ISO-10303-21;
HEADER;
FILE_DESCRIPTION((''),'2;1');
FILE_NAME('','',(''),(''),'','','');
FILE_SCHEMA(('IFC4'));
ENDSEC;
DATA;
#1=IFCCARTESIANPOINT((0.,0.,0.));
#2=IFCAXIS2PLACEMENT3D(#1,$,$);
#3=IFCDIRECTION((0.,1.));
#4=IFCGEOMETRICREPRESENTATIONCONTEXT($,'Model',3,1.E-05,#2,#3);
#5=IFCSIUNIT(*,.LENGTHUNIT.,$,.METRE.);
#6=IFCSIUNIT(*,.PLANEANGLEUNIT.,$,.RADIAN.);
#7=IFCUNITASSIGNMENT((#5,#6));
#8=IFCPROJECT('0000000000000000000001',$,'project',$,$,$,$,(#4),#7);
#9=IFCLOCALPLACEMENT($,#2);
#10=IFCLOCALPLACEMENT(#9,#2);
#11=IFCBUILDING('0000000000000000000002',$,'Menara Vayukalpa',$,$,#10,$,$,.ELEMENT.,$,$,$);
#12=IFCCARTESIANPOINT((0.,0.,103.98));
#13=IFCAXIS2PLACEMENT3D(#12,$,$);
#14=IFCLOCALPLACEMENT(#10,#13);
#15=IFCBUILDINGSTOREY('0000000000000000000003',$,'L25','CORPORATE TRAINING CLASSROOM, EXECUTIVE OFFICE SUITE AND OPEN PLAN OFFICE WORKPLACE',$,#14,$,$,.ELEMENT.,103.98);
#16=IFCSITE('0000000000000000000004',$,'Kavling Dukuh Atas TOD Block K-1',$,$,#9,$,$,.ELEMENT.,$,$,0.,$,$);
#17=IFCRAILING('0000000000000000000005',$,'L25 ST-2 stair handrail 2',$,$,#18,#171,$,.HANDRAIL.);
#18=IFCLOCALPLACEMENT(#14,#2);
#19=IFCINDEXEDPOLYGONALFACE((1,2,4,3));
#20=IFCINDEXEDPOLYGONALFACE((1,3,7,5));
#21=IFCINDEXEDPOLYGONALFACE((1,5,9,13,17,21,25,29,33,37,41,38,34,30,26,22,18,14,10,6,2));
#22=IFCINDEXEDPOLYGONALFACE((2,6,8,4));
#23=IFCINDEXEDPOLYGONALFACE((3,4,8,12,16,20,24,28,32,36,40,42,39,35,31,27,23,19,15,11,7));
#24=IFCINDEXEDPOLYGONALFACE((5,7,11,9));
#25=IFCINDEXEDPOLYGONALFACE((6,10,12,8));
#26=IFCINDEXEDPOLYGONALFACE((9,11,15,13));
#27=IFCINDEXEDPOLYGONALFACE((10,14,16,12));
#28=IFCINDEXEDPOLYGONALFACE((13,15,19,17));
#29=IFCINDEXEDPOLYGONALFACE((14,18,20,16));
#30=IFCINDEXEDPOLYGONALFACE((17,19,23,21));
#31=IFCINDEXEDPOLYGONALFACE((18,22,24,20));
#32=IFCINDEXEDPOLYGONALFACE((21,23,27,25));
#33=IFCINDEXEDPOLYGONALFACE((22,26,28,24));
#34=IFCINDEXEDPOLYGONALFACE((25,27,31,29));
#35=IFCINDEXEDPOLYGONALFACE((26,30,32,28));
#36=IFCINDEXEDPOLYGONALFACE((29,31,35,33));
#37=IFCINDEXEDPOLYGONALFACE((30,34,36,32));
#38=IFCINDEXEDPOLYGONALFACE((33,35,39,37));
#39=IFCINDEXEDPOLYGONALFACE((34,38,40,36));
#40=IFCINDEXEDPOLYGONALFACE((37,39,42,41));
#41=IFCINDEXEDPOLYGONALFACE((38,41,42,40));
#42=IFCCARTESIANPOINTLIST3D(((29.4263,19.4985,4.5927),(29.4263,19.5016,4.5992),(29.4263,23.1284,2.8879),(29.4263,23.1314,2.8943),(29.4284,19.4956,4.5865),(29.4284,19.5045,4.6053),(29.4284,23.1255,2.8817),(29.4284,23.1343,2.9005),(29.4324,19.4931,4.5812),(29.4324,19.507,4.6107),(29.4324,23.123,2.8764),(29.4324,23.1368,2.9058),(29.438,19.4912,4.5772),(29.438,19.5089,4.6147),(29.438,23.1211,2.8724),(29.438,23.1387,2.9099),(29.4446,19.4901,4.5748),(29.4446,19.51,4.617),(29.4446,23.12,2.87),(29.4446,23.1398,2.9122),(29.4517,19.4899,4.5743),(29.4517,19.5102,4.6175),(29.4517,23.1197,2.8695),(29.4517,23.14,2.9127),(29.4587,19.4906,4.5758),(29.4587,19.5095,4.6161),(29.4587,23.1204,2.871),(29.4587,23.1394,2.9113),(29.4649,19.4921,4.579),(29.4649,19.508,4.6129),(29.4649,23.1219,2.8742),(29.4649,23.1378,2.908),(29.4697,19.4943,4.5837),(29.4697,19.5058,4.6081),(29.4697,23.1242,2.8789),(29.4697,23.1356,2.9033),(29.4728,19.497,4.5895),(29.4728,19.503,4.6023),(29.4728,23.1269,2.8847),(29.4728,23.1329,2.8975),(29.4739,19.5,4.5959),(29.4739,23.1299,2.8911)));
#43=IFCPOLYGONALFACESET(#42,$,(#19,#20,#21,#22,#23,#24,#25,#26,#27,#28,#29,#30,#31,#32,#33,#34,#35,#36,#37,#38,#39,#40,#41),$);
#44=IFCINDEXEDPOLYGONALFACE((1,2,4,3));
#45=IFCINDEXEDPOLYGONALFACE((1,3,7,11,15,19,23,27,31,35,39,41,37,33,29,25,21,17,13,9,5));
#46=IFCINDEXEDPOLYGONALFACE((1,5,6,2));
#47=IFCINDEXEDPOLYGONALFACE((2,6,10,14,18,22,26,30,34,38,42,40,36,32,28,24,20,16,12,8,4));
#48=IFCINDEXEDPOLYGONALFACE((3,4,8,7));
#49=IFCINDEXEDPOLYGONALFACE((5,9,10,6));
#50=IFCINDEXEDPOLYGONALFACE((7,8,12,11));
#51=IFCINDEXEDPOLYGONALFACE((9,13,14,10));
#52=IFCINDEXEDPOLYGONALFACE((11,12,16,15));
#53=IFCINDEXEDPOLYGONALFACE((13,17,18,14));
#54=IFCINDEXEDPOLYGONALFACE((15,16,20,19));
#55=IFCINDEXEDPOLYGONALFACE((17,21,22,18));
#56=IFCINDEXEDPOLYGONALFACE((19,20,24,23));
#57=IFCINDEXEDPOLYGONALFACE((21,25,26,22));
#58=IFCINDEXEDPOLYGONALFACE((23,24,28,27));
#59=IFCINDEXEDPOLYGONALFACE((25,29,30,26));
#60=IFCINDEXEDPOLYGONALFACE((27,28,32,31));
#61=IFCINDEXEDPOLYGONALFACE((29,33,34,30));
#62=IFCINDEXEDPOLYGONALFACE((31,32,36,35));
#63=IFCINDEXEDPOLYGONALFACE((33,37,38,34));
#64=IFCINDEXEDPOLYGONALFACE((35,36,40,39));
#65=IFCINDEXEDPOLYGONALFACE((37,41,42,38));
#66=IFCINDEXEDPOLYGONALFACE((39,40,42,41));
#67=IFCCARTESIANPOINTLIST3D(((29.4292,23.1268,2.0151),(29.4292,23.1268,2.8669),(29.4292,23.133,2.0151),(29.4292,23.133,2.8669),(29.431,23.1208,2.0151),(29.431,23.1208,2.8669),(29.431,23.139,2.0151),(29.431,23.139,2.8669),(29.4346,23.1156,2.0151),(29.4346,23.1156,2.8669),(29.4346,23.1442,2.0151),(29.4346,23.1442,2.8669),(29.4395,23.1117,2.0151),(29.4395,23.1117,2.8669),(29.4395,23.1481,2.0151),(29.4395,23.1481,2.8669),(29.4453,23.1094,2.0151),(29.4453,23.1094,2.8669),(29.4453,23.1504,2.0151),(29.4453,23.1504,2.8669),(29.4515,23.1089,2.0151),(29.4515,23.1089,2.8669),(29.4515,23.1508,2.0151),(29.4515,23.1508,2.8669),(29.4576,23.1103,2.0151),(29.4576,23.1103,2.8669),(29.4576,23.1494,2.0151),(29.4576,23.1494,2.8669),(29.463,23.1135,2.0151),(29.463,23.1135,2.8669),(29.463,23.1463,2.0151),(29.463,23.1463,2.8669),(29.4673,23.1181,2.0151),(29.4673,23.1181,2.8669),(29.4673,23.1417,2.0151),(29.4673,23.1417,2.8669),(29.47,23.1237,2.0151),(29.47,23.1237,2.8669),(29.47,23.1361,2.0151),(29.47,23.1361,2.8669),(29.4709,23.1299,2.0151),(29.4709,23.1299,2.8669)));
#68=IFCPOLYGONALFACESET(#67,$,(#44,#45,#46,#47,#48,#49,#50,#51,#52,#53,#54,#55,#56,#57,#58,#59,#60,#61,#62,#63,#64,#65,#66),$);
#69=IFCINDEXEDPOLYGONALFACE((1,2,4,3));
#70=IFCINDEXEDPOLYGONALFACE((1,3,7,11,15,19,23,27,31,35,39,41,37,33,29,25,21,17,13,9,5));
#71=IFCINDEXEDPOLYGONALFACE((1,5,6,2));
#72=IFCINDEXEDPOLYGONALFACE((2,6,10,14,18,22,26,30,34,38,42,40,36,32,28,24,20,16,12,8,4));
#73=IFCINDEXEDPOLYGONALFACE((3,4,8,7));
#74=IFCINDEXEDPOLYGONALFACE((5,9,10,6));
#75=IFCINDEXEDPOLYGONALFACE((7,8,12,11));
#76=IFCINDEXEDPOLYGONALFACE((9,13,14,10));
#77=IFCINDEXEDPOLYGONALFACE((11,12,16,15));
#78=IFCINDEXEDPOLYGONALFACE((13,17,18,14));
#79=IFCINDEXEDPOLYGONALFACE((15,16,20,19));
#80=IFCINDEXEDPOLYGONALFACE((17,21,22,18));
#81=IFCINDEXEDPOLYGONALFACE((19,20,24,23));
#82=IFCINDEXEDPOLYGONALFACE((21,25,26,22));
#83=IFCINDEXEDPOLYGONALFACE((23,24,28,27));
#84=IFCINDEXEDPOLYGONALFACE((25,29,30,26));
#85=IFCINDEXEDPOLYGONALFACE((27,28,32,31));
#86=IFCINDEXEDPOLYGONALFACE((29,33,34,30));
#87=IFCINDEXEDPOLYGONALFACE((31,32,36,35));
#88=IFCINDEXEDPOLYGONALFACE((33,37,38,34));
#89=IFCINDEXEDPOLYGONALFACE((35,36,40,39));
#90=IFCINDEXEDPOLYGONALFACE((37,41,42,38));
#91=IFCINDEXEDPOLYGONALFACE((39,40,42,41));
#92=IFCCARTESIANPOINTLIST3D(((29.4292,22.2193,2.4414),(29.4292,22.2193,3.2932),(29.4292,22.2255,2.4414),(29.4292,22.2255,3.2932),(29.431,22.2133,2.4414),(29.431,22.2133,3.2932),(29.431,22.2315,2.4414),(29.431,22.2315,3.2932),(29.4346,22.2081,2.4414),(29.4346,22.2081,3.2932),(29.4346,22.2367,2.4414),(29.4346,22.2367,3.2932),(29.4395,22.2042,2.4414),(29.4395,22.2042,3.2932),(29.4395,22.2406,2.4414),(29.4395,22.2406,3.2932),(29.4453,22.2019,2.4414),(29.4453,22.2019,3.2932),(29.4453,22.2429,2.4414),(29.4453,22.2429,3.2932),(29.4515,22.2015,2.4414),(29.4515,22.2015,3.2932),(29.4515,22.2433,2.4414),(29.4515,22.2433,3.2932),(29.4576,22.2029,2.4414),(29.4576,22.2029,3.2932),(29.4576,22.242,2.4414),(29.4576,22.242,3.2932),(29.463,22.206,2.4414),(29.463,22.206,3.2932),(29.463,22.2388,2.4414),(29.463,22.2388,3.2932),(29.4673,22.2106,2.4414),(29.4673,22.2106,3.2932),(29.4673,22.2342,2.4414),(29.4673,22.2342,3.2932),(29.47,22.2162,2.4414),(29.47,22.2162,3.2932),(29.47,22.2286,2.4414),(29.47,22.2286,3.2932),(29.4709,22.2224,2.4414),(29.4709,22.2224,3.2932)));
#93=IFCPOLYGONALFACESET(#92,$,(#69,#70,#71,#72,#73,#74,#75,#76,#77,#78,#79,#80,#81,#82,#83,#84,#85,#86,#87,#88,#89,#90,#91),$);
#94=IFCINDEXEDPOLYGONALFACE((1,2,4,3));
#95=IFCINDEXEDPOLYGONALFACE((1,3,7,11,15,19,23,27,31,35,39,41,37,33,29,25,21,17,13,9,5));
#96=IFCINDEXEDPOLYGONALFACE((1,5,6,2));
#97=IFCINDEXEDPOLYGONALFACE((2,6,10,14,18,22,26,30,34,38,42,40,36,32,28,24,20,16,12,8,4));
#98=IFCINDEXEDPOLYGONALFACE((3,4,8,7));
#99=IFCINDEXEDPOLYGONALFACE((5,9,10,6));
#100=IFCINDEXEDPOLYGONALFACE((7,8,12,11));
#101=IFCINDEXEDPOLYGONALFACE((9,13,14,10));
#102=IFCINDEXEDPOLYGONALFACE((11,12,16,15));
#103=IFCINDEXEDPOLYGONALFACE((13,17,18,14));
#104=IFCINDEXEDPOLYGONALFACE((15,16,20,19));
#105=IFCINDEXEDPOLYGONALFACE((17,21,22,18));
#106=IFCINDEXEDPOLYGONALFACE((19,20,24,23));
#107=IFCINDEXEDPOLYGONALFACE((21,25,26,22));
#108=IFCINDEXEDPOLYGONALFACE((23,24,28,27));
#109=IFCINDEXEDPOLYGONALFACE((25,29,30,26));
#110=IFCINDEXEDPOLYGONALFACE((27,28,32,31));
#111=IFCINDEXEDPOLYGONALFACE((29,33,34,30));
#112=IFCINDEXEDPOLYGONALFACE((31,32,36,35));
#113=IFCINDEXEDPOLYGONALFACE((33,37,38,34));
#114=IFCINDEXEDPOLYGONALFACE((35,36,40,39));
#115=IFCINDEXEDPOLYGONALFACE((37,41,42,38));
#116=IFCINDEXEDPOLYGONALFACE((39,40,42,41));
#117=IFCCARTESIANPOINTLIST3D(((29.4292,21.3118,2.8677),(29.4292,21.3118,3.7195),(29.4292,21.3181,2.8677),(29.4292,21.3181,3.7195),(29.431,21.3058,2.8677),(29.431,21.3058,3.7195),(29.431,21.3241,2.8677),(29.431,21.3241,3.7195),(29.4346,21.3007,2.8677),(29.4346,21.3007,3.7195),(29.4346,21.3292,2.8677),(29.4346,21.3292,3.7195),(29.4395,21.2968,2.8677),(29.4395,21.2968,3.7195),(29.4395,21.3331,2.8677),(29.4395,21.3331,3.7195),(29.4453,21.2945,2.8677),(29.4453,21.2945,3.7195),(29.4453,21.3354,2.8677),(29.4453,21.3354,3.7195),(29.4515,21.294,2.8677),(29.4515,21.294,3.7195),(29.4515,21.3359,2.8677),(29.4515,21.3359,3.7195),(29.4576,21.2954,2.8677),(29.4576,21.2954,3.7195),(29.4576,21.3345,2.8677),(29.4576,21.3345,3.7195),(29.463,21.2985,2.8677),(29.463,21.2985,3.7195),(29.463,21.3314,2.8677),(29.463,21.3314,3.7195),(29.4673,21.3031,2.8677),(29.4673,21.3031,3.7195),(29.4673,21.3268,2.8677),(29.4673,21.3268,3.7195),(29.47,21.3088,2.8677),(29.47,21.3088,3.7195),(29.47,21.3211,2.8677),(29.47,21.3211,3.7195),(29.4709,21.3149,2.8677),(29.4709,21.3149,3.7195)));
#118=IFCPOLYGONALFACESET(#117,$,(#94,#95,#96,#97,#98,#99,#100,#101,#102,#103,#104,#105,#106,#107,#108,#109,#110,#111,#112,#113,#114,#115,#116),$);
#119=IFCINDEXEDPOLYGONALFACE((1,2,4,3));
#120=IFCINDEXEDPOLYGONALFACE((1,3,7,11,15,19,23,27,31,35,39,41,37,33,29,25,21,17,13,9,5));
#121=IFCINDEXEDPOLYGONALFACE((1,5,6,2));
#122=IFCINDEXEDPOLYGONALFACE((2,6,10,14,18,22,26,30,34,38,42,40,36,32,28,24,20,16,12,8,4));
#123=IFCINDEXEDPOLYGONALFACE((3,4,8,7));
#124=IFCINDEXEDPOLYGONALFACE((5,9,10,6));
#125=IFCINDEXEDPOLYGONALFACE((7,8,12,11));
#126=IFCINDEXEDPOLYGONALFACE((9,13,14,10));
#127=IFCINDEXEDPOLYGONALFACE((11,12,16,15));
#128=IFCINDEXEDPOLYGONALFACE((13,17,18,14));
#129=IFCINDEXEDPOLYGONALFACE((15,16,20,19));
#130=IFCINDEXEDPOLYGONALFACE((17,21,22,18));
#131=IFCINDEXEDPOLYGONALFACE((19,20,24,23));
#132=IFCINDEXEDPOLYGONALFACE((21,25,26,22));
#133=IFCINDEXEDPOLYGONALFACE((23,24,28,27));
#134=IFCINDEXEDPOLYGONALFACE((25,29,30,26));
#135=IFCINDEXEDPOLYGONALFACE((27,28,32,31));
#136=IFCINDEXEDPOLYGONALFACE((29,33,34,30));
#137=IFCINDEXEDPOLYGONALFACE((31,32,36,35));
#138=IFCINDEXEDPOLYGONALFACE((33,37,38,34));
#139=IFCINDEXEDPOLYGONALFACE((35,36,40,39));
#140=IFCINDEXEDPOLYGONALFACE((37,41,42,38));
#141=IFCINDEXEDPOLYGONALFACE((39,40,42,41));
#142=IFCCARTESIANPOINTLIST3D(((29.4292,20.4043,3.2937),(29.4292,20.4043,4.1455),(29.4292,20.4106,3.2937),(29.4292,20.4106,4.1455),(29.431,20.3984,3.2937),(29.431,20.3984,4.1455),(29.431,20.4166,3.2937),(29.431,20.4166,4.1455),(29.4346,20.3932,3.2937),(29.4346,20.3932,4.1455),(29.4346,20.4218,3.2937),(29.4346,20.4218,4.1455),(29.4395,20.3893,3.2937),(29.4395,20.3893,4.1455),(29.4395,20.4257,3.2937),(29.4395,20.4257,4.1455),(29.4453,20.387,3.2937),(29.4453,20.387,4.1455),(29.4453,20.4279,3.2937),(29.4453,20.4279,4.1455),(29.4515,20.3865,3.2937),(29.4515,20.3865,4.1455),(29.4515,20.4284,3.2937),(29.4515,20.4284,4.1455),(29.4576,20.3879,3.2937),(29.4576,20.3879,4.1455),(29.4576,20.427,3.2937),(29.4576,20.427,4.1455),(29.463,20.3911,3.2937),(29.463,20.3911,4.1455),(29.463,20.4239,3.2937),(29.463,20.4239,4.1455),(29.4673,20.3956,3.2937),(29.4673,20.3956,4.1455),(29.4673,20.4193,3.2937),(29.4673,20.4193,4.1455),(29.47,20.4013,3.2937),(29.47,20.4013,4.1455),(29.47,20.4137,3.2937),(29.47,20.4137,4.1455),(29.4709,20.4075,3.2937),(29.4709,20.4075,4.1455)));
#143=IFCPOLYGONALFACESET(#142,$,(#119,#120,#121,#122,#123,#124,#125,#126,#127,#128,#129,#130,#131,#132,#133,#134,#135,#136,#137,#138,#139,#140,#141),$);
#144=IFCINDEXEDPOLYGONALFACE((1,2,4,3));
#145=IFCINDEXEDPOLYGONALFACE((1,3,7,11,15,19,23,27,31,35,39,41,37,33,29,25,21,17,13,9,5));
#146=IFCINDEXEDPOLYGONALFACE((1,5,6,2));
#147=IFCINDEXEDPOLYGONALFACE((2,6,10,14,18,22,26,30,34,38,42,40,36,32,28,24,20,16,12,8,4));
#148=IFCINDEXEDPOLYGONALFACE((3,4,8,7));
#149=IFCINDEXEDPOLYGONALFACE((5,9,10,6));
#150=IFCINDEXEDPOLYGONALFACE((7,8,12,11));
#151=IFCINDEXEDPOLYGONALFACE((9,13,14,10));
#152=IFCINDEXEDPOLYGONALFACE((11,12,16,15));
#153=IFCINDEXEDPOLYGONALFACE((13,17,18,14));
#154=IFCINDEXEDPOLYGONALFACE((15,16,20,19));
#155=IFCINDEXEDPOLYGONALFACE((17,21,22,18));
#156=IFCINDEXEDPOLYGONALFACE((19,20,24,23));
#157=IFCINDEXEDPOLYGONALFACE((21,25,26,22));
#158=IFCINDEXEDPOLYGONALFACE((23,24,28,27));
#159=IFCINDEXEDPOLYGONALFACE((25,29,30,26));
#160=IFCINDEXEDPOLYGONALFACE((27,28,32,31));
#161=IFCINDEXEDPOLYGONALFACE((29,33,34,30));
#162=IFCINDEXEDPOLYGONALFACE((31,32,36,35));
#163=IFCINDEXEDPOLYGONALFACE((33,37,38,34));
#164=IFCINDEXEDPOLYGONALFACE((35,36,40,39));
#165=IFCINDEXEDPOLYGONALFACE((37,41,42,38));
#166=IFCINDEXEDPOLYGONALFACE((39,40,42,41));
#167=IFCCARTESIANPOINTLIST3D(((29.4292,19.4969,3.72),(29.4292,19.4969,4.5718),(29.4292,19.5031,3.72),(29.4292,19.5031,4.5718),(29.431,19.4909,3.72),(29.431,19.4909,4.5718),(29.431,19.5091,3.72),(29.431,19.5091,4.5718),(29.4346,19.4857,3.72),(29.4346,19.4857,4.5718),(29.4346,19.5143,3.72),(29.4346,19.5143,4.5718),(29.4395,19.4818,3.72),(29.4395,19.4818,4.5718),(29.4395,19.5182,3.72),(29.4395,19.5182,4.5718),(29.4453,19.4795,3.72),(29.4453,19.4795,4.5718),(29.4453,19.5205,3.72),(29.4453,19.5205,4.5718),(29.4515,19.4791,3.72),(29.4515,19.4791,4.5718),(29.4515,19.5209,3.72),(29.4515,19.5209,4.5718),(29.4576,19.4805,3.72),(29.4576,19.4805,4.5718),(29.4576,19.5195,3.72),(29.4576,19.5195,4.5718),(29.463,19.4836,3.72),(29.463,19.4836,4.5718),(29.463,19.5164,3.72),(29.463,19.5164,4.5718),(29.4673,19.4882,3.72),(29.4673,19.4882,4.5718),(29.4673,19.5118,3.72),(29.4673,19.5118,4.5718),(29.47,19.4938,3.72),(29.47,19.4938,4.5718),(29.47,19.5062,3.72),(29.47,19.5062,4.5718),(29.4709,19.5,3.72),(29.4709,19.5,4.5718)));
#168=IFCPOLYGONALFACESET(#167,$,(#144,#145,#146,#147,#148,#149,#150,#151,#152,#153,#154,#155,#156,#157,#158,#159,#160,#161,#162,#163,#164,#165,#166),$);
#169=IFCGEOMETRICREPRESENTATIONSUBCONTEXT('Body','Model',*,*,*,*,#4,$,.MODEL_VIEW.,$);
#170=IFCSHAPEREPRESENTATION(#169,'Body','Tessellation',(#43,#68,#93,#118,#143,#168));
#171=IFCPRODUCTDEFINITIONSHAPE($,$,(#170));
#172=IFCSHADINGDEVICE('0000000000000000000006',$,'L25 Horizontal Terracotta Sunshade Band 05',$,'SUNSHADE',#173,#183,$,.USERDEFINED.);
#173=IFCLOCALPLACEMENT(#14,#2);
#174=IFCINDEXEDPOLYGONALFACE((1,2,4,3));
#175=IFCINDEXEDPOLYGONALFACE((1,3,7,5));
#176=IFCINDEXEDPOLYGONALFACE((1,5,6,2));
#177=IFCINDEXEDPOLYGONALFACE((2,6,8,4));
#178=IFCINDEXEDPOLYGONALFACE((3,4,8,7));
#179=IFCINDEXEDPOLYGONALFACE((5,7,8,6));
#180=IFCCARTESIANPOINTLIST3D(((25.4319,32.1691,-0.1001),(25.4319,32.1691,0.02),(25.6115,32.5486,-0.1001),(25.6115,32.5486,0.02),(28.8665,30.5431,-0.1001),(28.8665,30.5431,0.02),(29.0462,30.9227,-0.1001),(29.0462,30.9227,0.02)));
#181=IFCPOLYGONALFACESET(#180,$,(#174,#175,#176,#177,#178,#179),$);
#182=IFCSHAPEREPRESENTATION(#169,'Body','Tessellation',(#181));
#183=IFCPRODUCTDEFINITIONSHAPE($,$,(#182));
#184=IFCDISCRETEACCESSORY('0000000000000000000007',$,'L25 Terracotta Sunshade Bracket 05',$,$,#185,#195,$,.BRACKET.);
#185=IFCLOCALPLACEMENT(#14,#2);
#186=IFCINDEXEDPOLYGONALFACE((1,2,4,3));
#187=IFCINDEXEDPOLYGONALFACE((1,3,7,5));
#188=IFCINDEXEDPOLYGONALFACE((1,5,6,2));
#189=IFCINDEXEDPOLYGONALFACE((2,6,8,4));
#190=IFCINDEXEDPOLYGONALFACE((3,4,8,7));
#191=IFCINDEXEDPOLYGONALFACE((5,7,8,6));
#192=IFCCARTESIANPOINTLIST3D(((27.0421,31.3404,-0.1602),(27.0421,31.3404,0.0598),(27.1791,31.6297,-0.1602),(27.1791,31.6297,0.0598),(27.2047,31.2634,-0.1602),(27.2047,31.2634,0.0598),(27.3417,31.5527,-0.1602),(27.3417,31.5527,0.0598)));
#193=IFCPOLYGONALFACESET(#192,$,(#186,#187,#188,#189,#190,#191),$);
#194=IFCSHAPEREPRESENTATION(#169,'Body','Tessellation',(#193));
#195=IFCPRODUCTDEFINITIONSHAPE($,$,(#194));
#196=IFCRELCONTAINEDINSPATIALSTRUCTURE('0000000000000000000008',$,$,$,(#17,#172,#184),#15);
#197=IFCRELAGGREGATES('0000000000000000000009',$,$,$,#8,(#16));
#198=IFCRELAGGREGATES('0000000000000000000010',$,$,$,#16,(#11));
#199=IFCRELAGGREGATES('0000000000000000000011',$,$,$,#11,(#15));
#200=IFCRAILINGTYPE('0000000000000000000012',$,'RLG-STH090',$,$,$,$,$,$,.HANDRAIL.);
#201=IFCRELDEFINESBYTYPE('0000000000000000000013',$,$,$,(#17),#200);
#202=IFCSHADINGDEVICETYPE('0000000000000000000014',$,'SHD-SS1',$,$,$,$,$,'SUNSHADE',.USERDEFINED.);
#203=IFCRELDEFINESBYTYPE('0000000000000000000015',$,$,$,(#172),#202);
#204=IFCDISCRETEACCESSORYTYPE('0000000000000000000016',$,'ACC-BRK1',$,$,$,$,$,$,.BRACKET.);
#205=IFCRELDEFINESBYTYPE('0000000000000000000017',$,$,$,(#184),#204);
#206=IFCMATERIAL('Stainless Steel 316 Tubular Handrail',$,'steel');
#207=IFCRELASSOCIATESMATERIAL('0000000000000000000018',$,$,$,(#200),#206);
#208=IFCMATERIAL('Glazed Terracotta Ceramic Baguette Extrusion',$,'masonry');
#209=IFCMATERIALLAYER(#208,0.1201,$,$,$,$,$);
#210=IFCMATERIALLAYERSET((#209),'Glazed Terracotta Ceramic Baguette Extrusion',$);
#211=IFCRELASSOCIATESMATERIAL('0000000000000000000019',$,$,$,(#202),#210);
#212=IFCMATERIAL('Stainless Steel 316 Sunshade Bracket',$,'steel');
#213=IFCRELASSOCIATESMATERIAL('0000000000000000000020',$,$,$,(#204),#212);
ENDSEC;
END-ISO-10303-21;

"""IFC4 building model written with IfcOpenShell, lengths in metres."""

from ifc_helpers import new_model, si_unit, direction, frame, origin, origin_2d, place, context, subcontext, project, spatial, rectangle, circle, extrude, material, layer, layer_set, type_object, element, save


model = new_model("IFC4")

# Units and contexts
model_context = context("Model", 3, precision=1e-05, world=origin(), true_north=direction((0.0, 1.0)))
body_context = subcontext(model_context, "Body", "Model", "MODEL_VIEW")
ifc_project = project(units=[si_unit("LENGTHUNIT", "METRE"), si_unit("PLANEANGLEUNIT", "RADIAN")], contexts=[model_context])

# Site, building, storey
site_placement = place(None, origin())
site = spatial("IfcSite", under=ifc_project, at=site_placement, Name="Kavling Dukuh Atas TOD Block K-1", CompositionType="ELEMENT", RefElevation=0.0)
building_placement = place(site_placement, origin())
building = spatial("IfcBuilding", under=site, at=building_placement, Name="Menara Vayukalpa", CompositionType="ELEMENT")
storey_placement = place(building_placement, frame((0.0, 0.0, 103.98)))
storey = spatial("IfcBuildingStorey", under=building, at=storey_placement, Name="L25", Description="CORPORATE TRAINING CLASSROOM, EXECUTIVE OFFICE SUITE AND OPEN PLAN OFFICE WORKPLACE", CompositionType="ELEMENT", Elevation=103.98)

# Railing
ifc_material_1 = material(Name="Stainless Steel 316 Tubular Handrail", Category="steel")
railing_type_1 = type_object("IfcRailingType", Name="RLG-STH090", PredefinedType="HANDRAIL", material=ifc_material_1)
railing_1_placement = place(storey_placement, frame((29.45, 23.1299, 2.0151)))
element("IfcRailing", 1, at=railing_1_placement, inside=storey, type_object=railing_type_1, Name="L25 ST-2 stair handrail 2", PredefinedType="HANDRAIL", context=body_context, shape_type="SweptSolid", body=[
    extrude(circle(Radius=0.0239, at=origin_2d()), frame((0.0, 0.0, 0.876), z_axis=(0.0, -0.90514, 0.425114), x_axis=(1.0, 0.0, 0.0)), (0.0, 0.0, 1.0), 4.0103),
    extrude(circle(Radius=0.021, at=origin_2d()), origin(), (0.0, 0.0, 1.0), 0.8518),
    extrude(circle(Radius=0.021, at=origin_2d()), frame((0.0, -0.9075, 0.4263)), (0.0, 0.0, 1.0), 0.8518),
    extrude(circle(Radius=0.021, at=origin_2d()), frame((0.0, -1.8149, 0.8525)), (0.0, 0.0, 1.0), 0.8518),
    extrude(circle(Radius=0.021, at=origin_2d()), frame((0.0, -2.7224, 1.2786)), (0.0, 0.0, 1.0), 0.8518),
    extrude(circle(Radius=0.021, at=origin_2d()), frame((0.0, -3.6299, 1.7048)), (0.0, 0.0, 1.0), 0.8518),
])

# Shading device
ifc_material_2 = material(Name="Glazed Terracotta Ceramic Baguette Extrusion", Category="masonry")
ifc_layer_1 = layer(ifc_material_2, 0.1201)
ifc_layer_set_1 = layer_set([ifc_layer_1], Name="Glazed Terracotta Ceramic Baguette Extrusion")
shading_device_type = type_object("IfcShadingDeviceType", Name="SHD-SS1", ElementType="SUNSHADE", PredefinedType="USERDEFINED", material=ifc_layer_set_1)
shading_device_placement = place(storey_placement, frame((27.239, 31.5459, -0.1001), z_axis=(0.0, 0.0, 1.0), x_axis=(-0.903836, 0.427879, 0.0)))
element("IfcShadingDevice", 2, at=shading_device_placement, inside=storey, type_object=shading_device_type, Name="L25 Horizontal Terracotta Sunshade Band 05", ObjectType="SUNSHADE", PredefinedType="USERDEFINED", context=body_context, shape_type="SweptSolid", body=[
    extrude(rectangle(XDim=3.8, YDim=0.4199, at=origin_2d()), origin(), (0.0, 0.0, 1.0), 0.1201),
])

# Discrete accessory
ifc_material_3 = material(Name="Stainless Steel 316 Sunshade Bracket", Category="steel")
discrete_accessory_type = type_object("IfcDiscreteAccessoryType", Name="ACC-BRK1", PredefinedType="BRACKET", material=ifc_material_3)
discrete_accessory_placement = place(storey_placement, frame((27.1919, 31.4465, -0.1602), z_axis=(0.0, 0.0, 1.0), x_axis=(-0.903836, 0.427879, 0.0)))
element("IfcDiscreteAccessory", 3, at=discrete_accessory_placement, inside=storey, type_object=discrete_accessory_type, Name="L25 Terracotta Sunshade Bracket 05", PredefinedType="BRACKET", context=body_context, shape_type="SweptSolid", body=[
    extrude(rectangle(XDim=0.1799, YDim=0.3201, at=origin_2d()), origin(), (0.0, 0.0, 1.0), 0.22),
])

save(model, "model.ifc")
